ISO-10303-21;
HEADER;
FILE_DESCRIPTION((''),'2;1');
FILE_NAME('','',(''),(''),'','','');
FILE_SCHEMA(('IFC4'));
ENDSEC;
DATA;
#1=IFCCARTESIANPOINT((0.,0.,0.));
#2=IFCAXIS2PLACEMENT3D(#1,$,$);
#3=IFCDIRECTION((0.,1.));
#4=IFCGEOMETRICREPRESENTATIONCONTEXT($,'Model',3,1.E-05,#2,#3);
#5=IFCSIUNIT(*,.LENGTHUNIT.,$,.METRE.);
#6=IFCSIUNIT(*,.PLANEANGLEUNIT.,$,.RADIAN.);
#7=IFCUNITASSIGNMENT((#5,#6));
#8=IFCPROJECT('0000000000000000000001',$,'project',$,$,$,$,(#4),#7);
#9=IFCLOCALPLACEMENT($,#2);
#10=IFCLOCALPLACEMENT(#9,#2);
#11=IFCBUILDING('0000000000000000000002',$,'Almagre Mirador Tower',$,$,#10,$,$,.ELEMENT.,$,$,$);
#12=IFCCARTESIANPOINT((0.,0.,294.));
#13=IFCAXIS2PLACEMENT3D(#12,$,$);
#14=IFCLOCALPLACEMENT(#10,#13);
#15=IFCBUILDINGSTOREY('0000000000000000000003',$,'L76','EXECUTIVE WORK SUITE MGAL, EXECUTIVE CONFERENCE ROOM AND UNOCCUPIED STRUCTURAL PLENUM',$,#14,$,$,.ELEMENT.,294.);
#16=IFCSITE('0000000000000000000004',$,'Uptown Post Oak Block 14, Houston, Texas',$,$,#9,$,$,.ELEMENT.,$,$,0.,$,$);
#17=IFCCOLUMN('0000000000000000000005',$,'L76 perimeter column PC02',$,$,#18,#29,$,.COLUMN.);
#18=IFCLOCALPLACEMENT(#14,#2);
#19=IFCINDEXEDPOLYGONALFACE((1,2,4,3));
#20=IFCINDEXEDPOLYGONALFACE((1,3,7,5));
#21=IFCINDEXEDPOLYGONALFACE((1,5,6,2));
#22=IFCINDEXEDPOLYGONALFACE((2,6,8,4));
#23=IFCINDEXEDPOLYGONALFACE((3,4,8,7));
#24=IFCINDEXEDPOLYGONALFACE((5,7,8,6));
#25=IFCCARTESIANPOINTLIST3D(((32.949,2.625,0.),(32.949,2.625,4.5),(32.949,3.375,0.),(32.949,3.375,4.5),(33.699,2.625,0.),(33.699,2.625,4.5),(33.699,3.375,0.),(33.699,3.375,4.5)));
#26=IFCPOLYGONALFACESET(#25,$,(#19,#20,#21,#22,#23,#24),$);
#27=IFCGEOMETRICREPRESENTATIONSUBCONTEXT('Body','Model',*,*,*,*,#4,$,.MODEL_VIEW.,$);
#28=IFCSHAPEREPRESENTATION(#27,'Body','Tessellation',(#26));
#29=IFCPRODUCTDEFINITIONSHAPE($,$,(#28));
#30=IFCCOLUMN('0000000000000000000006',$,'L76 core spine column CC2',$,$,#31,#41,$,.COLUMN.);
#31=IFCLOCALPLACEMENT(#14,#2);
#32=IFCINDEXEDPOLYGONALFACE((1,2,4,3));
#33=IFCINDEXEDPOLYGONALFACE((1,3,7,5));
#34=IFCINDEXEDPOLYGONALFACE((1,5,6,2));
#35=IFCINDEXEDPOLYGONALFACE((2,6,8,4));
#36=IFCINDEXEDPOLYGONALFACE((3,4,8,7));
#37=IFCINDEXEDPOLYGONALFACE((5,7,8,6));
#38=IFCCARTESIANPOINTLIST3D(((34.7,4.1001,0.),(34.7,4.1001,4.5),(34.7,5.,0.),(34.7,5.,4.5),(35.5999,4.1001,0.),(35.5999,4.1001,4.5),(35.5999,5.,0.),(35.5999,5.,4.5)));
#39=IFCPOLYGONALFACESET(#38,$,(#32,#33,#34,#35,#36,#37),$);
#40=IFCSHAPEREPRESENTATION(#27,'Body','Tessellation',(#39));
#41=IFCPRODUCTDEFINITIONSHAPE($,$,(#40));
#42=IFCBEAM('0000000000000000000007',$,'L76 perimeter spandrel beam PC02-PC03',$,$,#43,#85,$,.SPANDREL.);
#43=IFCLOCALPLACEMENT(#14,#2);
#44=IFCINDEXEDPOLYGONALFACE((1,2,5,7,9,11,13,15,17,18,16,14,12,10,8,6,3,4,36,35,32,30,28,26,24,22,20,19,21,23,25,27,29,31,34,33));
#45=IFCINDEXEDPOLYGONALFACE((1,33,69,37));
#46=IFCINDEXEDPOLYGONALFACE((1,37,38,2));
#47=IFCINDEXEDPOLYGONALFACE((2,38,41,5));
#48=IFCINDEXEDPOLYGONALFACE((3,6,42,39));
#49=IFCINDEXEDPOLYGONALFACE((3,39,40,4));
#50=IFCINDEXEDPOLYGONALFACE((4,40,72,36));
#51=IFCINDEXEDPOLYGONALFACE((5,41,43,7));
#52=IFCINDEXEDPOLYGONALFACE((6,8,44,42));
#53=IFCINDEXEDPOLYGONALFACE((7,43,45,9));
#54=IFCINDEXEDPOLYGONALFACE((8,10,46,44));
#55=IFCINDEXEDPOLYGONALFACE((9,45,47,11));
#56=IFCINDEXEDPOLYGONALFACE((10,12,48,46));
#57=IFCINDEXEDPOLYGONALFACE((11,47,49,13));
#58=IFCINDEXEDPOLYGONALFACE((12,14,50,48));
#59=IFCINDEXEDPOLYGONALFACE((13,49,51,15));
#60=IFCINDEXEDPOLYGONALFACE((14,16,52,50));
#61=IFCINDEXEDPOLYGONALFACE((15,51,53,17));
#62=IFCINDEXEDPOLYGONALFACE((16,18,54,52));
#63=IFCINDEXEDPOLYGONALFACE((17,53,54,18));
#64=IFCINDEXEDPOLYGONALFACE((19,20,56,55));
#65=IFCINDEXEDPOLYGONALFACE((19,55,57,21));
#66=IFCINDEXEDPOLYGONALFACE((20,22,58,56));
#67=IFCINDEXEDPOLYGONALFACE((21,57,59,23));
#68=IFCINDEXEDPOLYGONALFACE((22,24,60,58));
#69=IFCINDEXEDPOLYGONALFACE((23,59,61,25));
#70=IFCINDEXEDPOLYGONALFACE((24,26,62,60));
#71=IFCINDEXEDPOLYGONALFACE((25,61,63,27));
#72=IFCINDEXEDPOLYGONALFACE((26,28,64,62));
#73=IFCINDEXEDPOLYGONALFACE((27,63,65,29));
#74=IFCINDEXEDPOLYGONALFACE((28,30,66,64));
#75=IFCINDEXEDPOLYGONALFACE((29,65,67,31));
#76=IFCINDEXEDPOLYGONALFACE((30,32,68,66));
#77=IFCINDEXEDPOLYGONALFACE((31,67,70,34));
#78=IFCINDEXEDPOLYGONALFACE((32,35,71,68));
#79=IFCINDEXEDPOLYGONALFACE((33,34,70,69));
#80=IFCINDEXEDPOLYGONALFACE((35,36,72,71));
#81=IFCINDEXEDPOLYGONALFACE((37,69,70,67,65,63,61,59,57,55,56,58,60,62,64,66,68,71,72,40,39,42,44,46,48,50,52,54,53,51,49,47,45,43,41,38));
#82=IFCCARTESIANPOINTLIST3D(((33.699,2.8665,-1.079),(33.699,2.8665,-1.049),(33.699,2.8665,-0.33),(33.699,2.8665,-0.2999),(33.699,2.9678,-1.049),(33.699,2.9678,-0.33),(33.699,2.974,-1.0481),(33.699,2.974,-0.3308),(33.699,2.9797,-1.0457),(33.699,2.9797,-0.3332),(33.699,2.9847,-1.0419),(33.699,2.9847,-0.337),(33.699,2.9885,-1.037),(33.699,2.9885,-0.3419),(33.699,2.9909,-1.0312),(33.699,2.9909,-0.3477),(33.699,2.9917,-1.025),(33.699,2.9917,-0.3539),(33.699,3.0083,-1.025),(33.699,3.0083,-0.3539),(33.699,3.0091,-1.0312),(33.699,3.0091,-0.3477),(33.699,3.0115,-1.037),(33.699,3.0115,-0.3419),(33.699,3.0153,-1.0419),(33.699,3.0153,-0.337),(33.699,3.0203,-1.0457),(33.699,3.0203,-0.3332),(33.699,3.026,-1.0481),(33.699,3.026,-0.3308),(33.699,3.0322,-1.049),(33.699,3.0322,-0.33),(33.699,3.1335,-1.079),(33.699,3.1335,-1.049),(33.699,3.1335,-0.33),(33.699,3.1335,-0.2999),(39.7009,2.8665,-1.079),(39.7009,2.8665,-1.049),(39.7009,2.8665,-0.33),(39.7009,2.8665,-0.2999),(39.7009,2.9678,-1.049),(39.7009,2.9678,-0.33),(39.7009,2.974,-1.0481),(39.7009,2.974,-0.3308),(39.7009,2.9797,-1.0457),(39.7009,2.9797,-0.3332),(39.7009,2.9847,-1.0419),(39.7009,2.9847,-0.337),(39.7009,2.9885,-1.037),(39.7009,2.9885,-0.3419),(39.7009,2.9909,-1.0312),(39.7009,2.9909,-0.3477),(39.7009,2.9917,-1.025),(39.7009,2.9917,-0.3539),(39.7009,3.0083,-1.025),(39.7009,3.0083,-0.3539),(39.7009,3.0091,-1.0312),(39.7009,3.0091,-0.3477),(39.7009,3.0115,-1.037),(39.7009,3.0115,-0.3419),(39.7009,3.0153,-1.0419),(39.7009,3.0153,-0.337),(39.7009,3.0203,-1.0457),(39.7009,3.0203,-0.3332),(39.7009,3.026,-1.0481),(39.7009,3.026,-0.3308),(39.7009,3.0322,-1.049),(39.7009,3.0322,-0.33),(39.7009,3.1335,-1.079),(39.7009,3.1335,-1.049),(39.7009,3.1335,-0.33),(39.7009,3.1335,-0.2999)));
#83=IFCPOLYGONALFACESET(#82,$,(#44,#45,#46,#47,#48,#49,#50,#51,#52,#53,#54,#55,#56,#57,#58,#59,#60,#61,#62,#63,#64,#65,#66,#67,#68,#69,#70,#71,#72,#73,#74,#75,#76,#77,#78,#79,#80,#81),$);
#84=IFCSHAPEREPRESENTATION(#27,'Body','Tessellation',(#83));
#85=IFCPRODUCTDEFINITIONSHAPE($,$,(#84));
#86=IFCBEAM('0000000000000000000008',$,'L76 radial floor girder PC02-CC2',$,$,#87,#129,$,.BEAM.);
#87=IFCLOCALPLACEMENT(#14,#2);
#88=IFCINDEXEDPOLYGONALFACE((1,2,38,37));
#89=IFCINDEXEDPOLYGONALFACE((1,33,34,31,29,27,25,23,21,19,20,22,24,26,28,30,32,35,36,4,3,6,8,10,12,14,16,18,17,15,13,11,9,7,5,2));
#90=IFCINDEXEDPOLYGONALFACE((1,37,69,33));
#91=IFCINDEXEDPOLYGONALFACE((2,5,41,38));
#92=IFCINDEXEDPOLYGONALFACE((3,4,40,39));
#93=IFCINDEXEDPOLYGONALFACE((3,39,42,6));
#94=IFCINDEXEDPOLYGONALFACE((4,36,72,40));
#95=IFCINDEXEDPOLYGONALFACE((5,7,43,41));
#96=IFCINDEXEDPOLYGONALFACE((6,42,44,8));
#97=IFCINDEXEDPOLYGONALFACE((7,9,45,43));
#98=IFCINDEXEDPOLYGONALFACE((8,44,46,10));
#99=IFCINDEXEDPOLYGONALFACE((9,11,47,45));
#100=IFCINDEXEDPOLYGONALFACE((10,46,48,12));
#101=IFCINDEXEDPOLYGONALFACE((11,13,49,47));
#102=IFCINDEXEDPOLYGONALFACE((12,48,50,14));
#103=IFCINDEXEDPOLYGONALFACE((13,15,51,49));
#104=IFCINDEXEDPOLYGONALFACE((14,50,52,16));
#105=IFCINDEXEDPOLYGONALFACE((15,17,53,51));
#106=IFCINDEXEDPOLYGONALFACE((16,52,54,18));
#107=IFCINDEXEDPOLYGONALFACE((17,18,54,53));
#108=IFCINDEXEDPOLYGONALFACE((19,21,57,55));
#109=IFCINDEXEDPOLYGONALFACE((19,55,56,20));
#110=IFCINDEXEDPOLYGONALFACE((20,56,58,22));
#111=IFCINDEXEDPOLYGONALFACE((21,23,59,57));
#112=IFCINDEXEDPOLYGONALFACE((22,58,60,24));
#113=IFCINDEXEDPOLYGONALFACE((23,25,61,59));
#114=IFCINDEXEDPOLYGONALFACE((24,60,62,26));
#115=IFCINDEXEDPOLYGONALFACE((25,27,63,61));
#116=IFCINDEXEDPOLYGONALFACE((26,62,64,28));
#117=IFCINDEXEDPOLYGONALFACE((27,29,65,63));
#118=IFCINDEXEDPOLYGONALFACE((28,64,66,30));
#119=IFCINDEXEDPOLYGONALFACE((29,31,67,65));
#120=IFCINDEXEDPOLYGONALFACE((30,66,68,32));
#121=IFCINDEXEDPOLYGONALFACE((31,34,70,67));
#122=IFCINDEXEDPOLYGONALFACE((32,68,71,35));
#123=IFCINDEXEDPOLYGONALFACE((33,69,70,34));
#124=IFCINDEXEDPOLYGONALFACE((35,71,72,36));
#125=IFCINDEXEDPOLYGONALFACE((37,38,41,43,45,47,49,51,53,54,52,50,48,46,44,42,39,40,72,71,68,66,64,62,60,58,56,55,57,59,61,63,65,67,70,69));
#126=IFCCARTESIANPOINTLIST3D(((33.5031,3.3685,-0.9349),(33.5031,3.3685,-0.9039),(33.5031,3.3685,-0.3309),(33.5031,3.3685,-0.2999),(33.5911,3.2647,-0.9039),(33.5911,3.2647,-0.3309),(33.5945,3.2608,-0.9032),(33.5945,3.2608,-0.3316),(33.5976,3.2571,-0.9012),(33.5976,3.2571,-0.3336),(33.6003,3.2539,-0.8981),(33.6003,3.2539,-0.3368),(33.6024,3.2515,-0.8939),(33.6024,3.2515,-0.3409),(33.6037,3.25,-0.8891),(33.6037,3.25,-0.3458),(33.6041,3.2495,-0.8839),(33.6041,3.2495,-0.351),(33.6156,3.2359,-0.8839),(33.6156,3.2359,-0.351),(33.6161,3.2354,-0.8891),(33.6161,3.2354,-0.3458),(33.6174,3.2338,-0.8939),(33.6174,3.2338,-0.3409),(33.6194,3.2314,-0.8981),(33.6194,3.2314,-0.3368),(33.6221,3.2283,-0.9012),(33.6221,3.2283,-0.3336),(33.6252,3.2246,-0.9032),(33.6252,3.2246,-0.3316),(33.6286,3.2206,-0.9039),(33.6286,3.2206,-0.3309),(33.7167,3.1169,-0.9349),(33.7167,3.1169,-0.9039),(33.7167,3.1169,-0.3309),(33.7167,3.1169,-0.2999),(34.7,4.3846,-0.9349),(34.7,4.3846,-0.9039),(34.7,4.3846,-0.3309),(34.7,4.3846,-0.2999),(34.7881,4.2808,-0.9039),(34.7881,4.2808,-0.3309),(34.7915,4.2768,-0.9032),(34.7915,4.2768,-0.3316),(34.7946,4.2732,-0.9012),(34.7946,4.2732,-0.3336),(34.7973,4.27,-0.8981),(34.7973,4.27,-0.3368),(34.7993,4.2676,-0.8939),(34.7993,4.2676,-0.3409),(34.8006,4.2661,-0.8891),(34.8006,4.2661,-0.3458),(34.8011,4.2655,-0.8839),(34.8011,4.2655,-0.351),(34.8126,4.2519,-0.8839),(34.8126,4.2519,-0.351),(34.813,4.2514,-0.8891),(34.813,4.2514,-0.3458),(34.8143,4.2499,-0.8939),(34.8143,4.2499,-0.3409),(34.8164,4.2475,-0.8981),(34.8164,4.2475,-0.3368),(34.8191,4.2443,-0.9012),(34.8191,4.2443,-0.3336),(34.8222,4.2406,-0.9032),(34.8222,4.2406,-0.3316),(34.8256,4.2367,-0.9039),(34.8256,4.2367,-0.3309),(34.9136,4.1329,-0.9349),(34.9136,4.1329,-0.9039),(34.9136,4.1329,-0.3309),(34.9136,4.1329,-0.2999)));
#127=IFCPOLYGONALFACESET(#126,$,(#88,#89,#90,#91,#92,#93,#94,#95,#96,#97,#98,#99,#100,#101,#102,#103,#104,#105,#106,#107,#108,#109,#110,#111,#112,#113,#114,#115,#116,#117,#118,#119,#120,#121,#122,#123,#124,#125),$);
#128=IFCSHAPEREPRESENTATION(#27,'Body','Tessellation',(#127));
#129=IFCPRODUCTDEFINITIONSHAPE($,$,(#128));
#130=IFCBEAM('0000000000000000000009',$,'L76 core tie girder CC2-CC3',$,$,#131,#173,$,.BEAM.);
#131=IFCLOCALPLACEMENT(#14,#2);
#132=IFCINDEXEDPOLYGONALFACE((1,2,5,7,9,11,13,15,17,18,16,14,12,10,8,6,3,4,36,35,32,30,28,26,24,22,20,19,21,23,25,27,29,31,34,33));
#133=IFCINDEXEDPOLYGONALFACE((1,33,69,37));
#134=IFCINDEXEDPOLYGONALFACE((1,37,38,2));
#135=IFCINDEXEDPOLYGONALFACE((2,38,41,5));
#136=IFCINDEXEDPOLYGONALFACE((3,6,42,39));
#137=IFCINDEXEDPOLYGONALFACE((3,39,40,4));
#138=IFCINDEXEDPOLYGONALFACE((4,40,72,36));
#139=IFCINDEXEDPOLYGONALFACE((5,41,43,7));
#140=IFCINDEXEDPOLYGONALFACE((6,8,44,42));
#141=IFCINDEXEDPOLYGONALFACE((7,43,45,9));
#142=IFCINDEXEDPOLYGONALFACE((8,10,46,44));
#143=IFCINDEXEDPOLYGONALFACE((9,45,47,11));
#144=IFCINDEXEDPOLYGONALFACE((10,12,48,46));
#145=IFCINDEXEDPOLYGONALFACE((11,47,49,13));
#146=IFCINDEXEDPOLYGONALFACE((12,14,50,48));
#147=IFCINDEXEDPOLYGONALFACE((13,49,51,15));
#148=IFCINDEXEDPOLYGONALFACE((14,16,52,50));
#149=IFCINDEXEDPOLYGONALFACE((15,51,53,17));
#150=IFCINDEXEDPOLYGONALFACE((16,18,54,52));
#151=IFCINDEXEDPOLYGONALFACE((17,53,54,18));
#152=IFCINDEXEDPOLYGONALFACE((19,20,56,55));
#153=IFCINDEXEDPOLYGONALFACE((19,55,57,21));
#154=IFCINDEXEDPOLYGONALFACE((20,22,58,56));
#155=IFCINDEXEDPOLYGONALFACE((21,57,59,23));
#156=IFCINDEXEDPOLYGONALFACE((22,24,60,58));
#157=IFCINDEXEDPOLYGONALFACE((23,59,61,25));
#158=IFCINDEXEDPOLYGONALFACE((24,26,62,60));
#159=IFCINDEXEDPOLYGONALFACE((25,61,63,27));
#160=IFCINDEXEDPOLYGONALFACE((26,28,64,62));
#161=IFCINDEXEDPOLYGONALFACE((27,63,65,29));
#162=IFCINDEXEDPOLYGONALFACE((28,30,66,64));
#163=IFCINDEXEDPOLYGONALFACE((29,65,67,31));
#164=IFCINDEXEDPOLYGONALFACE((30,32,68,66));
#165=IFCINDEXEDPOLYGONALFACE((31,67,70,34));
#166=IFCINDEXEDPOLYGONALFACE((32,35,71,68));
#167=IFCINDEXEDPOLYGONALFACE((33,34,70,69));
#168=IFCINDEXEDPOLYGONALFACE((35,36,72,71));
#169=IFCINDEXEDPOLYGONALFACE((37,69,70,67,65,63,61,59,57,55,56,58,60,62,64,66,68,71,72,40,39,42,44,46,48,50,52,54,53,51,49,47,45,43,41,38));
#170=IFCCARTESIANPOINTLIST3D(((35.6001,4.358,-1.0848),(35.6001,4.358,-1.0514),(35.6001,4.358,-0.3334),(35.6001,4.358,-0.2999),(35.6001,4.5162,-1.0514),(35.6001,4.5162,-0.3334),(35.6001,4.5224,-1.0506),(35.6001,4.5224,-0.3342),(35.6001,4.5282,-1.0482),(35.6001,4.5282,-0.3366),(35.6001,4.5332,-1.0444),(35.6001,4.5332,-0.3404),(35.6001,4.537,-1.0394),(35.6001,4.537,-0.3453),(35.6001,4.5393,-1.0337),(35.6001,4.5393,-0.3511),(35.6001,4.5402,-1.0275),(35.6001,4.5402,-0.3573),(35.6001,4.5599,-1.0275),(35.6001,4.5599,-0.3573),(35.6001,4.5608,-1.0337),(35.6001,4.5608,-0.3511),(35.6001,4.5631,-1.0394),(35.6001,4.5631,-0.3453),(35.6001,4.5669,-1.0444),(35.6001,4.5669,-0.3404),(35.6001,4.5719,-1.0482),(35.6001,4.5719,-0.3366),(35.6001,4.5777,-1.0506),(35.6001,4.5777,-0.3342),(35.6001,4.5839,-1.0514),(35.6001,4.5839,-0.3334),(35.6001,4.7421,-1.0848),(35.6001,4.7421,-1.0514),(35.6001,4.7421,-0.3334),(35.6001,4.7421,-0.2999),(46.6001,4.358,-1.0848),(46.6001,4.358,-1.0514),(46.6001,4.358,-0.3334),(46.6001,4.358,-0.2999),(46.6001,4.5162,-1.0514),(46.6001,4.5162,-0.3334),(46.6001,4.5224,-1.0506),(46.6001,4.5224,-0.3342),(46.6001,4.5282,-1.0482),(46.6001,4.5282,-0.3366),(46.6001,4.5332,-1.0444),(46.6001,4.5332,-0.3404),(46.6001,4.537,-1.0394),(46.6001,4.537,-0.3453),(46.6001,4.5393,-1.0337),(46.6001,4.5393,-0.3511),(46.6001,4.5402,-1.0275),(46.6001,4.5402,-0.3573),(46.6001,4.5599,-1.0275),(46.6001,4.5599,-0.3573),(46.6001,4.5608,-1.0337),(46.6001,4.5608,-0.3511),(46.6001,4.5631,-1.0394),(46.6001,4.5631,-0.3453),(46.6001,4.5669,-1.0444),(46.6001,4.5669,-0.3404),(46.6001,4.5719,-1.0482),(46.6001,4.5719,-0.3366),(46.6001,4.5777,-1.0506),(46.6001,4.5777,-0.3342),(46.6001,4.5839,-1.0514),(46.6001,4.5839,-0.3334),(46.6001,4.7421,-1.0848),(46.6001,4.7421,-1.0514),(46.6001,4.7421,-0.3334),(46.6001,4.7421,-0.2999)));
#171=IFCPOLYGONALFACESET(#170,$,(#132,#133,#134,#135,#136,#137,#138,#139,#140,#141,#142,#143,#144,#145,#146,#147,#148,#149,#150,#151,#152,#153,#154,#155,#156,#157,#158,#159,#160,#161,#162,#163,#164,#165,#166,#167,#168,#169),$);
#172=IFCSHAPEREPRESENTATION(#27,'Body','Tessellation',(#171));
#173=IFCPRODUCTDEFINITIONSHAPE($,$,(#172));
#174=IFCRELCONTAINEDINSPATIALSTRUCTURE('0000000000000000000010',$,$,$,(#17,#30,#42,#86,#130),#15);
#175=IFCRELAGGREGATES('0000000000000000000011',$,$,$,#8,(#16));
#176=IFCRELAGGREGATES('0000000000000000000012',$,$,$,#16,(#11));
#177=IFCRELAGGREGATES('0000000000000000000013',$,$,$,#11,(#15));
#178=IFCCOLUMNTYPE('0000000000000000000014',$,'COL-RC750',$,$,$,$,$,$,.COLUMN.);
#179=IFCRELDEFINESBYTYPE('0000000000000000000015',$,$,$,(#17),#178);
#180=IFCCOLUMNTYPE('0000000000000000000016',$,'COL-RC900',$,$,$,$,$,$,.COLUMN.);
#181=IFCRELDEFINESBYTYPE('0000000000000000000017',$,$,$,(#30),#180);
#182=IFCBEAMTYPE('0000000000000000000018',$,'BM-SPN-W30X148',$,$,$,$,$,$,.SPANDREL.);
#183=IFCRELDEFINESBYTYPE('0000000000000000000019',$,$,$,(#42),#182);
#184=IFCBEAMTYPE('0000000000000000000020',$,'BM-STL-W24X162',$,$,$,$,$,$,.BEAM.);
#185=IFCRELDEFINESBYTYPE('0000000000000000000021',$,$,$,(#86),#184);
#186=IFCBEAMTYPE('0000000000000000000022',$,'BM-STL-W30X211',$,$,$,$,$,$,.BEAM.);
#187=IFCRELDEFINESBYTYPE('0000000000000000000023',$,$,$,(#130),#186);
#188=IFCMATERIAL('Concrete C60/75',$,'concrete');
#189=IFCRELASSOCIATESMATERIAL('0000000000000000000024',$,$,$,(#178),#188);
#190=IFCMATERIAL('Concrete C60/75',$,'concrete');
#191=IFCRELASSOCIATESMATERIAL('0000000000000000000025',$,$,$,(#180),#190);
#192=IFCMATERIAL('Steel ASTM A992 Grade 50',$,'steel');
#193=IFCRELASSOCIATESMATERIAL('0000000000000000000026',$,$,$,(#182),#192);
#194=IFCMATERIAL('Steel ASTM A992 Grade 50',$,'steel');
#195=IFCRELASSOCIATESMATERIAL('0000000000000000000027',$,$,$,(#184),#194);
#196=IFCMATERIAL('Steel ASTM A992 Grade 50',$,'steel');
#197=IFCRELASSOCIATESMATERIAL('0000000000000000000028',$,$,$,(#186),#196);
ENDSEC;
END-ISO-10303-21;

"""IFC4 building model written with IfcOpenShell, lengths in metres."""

from ifc_helpers import new_model, si_unit, direction, frame, origin, origin_2d, place, context, subcontext, project, spatial, rectangle, i_section, extrude, material, material_profile, profile_set, type_object, element, save


model = new_model("IFC4")

# Units and contexts
model_context = context("Model", 3, precision=1e-05, world=origin(), true_north=direction((0.0, 1.0)))
body_context = subcontext(model_context, "Body", "Model", "MODEL_VIEW")
ifc_project = project(units=[si_unit("LENGTHUNIT", "METRE"), si_unit("PLANEANGLEUNIT", "RADIAN")], contexts=[model_context])

# Site, building, storey
site_placement = place(None, origin())
site = spatial("IfcSite", under=ifc_project, at=site_placement, Name="Uptown Post Oak Block 14, Houston, Texas", CompositionType="ELEMENT", RefElevation=0.0)
building_placement = place(site_placement, origin())
building = spatial("IfcBuilding", under=site, at=building_placement, Name="Almagre Mirador Tower", CompositionType="ELEMENT")
storey_placement = place(building_placement, frame((0.0, 0.0, 294.0)))
storey = spatial("IfcBuildingStorey", under=building, at=storey_placement, Name="L76", Description="EXECUTIVE WORK SUITE MGAL, EXECUTIVE CONFERENCE ROOM AND UNOCCUPIED STRUCTURAL PLENUM", CompositionType="ELEMENT", Elevation=294.0)

# Columns
ifc_material_1 = material(Name="Concrete C60/75", Category="concrete")
ifc_material_profile_1 = material_profile(ifc_material_1, rectangle(XDim=0.75, YDim=0.75, at=origin_2d()), Name="RC750X750")
ifc_profile_set_1 = profile_set([ifc_material_profile_1], Name="Concrete C60/75")
column_type_1 = type_object("IfcColumnType", Name="COL-RC750", PredefinedType="COLUMN", material=ifc_profile_set_1)
column_1_placement = place(storey_placement, frame((33.324, 3.0, 0.0), z_axis=(0.0, 0.0, 1.0), x_axis=(1.0, 0.0, 0.0)))
element("IfcColumn", 1, at=column_1_placement, inside=storey, type_object=column_type_1, Name="L76 perimeter column PC02", PredefinedType="COLUMN", context=body_context, shape_type="SweptSolid", body=[
    extrude(rectangle(XDim=0.75, YDim=0.75, at=origin_2d()), origin(), (0.0, 0.0, 1.0), 4.5),
])
ifc_material_2 = material(Name="Concrete C60/75", Category="concrete")
ifc_material_profile_2 = material_profile(ifc_material_2, rectangle(XDim=0.8999, YDim=0.8999, at=origin_2d()), Name="RC900X900")
ifc_profile_set_2 = profile_set([ifc_material_profile_2], Name="Concrete C60/75")
column_type_2 = type_object("IfcColumnType", Name="COL-RC900", PredefinedType="COLUMN", material=ifc_profile_set_2)
column_2_placement = place(storey_placement, frame((35.1499, 4.55, 0.0), z_axis=(0.0, 0.0, 1.0), x_axis=(1.0, 0.0, 0.0)))
element("IfcColumn", 2, at=column_2_placement, inside=storey, type_object=column_type_2, Name="L76 core spine column CC2", PredefinedType="COLUMN", context=body_context, shape_type="SweptSolid", body=[
    extrude(rectangle(XDim=0.8999, YDim=0.8999, at=origin_2d()), origin(), (0.0, 0.0, 1.0), 4.5),
])

# Beams
ifc_material_3 = material(Name="Steel ASTM A992 Grade 50", Category="steel")
ifc_material_profile_3 = material_profile(ifc_material_3, i_section(OverallWidth=0.2671, OverallDepth=0.7791, WebThickness=0.0166, FlangeThickness=0.03, FilletRadius=0.0239, at=origin_2d()), Name="W30X148")
ifc_profile_set_3 = profile_set([ifc_material_profile_3], Name="Steel ASTM A992 Grade 50")
beam_type_1 = type_object("IfcBeamType", Name="BM-SPN-W30X148", PredefinedType="SPANDREL", material=ifc_profile_set_3)
beam_1_placement = place(storey_placement, frame((33.699, 3.0, -0.6895), z_axis=(1.0, 0.0, 0.0), x_axis=(0.0, 1.0, 0.0)))
element("IfcBeam", 3, at=beam_1_placement, inside=storey, type_object=beam_type_1, Name="L76 perimeter spandrel beam PC02-PC03", PredefinedType="SPANDREL", context=body_context, shape_type="SweptSolid", body=[
    extrude(i_section(OverallWidth=0.2671, OverallDepth=0.7791, WebThickness=0.0166, FlangeThickness=0.03, FilletRadius=0.0239, at=origin_2d()), origin(), (0.0, 0.0, 1.0), 6.002),
])
ifc_material_4 = material(Name="Steel ASTM A992 Grade 50", Category="steel")
ifc_material_profile_4 = material_profile(ifc_material_4, i_section(OverallWidth=0.3301, OverallDepth=0.635, WebThickness=0.0178, FlangeThickness=0.031, FilletRadius=0.02, at=origin_2d()), Name="W24X162")
ifc_profile_set_4 = profile_set([ifc_material_profile_4], Name="Steel ASTM A992 Grade 50")
beam_type_2 = type_object("IfcBeamType", Name="BM-STL-W24X162", PredefinedType="BEAM", material=ifc_profile_set_4)
beam_2_placement = place(storey_placement, frame((33.6099, 3.2427, -0.6174), z_axis=(0.762365, 0.647147, 0.0), x_axis=(-0.647147, 0.762365, 0.0)))
element("IfcBeam", 4, at=beam_2_placement, inside=storey, type_object=beam_type_2, Name="L76 radial floor girder PC02-CC2", PredefinedType="BEAM", context=body_context, shape_type="SweptSolid", body=[
    extrude(i_section(OverallWidth=0.3301, OverallDepth=0.635, WebThickness=0.0178, FlangeThickness=0.031, FilletRadius=0.02, at=origin_2d()), origin(), (0.0, 0.0, 1.0), 1.5701),
])
ifc_material_5 = material(Name="Steel ASTM A992 Grade 50", Category="steel")
ifc_material_profile_5 = material_profile(ifc_material_5, i_section(OverallWidth=0.384, OverallDepth=0.7849, WebThickness=0.0198, FlangeThickness=0.0334, FilletRadius=0.0239, at=origin_2d()), Name="W30X211")
ifc_profile_set_5 = profile_set([ifc_material_profile_5], Name="Steel ASTM A992 Grade 50")
beam_type_3 = type_object("IfcBeamType", Name="BM-STL-W30X211", PredefinedType="BEAM", material=ifc_profile_set_5)
beam_3_placement = place(storey_placement, frame((35.6001, 4.55, -0.6924), z_axis=(1.0, 0.0, 0.0), x_axis=(0.0, 1.0, 0.0)))
element("IfcBeam", 5, at=beam_3_placement, inside=storey, type_object=beam_type_3, Name="L76 core tie girder CC2-CC3", PredefinedType="BEAM", context=body_context, shape_type="SweptSolid", body=[
    extrude(i_section(OverallWidth=0.384, OverallDepth=0.7849, WebThickness=0.0198, FlangeThickness=0.0334, FilletRadius=0.0239, at=origin_2d()), origin(), (0.0, 0.0, 1.0), 11.0),
])

save(model, "model.ifc")
